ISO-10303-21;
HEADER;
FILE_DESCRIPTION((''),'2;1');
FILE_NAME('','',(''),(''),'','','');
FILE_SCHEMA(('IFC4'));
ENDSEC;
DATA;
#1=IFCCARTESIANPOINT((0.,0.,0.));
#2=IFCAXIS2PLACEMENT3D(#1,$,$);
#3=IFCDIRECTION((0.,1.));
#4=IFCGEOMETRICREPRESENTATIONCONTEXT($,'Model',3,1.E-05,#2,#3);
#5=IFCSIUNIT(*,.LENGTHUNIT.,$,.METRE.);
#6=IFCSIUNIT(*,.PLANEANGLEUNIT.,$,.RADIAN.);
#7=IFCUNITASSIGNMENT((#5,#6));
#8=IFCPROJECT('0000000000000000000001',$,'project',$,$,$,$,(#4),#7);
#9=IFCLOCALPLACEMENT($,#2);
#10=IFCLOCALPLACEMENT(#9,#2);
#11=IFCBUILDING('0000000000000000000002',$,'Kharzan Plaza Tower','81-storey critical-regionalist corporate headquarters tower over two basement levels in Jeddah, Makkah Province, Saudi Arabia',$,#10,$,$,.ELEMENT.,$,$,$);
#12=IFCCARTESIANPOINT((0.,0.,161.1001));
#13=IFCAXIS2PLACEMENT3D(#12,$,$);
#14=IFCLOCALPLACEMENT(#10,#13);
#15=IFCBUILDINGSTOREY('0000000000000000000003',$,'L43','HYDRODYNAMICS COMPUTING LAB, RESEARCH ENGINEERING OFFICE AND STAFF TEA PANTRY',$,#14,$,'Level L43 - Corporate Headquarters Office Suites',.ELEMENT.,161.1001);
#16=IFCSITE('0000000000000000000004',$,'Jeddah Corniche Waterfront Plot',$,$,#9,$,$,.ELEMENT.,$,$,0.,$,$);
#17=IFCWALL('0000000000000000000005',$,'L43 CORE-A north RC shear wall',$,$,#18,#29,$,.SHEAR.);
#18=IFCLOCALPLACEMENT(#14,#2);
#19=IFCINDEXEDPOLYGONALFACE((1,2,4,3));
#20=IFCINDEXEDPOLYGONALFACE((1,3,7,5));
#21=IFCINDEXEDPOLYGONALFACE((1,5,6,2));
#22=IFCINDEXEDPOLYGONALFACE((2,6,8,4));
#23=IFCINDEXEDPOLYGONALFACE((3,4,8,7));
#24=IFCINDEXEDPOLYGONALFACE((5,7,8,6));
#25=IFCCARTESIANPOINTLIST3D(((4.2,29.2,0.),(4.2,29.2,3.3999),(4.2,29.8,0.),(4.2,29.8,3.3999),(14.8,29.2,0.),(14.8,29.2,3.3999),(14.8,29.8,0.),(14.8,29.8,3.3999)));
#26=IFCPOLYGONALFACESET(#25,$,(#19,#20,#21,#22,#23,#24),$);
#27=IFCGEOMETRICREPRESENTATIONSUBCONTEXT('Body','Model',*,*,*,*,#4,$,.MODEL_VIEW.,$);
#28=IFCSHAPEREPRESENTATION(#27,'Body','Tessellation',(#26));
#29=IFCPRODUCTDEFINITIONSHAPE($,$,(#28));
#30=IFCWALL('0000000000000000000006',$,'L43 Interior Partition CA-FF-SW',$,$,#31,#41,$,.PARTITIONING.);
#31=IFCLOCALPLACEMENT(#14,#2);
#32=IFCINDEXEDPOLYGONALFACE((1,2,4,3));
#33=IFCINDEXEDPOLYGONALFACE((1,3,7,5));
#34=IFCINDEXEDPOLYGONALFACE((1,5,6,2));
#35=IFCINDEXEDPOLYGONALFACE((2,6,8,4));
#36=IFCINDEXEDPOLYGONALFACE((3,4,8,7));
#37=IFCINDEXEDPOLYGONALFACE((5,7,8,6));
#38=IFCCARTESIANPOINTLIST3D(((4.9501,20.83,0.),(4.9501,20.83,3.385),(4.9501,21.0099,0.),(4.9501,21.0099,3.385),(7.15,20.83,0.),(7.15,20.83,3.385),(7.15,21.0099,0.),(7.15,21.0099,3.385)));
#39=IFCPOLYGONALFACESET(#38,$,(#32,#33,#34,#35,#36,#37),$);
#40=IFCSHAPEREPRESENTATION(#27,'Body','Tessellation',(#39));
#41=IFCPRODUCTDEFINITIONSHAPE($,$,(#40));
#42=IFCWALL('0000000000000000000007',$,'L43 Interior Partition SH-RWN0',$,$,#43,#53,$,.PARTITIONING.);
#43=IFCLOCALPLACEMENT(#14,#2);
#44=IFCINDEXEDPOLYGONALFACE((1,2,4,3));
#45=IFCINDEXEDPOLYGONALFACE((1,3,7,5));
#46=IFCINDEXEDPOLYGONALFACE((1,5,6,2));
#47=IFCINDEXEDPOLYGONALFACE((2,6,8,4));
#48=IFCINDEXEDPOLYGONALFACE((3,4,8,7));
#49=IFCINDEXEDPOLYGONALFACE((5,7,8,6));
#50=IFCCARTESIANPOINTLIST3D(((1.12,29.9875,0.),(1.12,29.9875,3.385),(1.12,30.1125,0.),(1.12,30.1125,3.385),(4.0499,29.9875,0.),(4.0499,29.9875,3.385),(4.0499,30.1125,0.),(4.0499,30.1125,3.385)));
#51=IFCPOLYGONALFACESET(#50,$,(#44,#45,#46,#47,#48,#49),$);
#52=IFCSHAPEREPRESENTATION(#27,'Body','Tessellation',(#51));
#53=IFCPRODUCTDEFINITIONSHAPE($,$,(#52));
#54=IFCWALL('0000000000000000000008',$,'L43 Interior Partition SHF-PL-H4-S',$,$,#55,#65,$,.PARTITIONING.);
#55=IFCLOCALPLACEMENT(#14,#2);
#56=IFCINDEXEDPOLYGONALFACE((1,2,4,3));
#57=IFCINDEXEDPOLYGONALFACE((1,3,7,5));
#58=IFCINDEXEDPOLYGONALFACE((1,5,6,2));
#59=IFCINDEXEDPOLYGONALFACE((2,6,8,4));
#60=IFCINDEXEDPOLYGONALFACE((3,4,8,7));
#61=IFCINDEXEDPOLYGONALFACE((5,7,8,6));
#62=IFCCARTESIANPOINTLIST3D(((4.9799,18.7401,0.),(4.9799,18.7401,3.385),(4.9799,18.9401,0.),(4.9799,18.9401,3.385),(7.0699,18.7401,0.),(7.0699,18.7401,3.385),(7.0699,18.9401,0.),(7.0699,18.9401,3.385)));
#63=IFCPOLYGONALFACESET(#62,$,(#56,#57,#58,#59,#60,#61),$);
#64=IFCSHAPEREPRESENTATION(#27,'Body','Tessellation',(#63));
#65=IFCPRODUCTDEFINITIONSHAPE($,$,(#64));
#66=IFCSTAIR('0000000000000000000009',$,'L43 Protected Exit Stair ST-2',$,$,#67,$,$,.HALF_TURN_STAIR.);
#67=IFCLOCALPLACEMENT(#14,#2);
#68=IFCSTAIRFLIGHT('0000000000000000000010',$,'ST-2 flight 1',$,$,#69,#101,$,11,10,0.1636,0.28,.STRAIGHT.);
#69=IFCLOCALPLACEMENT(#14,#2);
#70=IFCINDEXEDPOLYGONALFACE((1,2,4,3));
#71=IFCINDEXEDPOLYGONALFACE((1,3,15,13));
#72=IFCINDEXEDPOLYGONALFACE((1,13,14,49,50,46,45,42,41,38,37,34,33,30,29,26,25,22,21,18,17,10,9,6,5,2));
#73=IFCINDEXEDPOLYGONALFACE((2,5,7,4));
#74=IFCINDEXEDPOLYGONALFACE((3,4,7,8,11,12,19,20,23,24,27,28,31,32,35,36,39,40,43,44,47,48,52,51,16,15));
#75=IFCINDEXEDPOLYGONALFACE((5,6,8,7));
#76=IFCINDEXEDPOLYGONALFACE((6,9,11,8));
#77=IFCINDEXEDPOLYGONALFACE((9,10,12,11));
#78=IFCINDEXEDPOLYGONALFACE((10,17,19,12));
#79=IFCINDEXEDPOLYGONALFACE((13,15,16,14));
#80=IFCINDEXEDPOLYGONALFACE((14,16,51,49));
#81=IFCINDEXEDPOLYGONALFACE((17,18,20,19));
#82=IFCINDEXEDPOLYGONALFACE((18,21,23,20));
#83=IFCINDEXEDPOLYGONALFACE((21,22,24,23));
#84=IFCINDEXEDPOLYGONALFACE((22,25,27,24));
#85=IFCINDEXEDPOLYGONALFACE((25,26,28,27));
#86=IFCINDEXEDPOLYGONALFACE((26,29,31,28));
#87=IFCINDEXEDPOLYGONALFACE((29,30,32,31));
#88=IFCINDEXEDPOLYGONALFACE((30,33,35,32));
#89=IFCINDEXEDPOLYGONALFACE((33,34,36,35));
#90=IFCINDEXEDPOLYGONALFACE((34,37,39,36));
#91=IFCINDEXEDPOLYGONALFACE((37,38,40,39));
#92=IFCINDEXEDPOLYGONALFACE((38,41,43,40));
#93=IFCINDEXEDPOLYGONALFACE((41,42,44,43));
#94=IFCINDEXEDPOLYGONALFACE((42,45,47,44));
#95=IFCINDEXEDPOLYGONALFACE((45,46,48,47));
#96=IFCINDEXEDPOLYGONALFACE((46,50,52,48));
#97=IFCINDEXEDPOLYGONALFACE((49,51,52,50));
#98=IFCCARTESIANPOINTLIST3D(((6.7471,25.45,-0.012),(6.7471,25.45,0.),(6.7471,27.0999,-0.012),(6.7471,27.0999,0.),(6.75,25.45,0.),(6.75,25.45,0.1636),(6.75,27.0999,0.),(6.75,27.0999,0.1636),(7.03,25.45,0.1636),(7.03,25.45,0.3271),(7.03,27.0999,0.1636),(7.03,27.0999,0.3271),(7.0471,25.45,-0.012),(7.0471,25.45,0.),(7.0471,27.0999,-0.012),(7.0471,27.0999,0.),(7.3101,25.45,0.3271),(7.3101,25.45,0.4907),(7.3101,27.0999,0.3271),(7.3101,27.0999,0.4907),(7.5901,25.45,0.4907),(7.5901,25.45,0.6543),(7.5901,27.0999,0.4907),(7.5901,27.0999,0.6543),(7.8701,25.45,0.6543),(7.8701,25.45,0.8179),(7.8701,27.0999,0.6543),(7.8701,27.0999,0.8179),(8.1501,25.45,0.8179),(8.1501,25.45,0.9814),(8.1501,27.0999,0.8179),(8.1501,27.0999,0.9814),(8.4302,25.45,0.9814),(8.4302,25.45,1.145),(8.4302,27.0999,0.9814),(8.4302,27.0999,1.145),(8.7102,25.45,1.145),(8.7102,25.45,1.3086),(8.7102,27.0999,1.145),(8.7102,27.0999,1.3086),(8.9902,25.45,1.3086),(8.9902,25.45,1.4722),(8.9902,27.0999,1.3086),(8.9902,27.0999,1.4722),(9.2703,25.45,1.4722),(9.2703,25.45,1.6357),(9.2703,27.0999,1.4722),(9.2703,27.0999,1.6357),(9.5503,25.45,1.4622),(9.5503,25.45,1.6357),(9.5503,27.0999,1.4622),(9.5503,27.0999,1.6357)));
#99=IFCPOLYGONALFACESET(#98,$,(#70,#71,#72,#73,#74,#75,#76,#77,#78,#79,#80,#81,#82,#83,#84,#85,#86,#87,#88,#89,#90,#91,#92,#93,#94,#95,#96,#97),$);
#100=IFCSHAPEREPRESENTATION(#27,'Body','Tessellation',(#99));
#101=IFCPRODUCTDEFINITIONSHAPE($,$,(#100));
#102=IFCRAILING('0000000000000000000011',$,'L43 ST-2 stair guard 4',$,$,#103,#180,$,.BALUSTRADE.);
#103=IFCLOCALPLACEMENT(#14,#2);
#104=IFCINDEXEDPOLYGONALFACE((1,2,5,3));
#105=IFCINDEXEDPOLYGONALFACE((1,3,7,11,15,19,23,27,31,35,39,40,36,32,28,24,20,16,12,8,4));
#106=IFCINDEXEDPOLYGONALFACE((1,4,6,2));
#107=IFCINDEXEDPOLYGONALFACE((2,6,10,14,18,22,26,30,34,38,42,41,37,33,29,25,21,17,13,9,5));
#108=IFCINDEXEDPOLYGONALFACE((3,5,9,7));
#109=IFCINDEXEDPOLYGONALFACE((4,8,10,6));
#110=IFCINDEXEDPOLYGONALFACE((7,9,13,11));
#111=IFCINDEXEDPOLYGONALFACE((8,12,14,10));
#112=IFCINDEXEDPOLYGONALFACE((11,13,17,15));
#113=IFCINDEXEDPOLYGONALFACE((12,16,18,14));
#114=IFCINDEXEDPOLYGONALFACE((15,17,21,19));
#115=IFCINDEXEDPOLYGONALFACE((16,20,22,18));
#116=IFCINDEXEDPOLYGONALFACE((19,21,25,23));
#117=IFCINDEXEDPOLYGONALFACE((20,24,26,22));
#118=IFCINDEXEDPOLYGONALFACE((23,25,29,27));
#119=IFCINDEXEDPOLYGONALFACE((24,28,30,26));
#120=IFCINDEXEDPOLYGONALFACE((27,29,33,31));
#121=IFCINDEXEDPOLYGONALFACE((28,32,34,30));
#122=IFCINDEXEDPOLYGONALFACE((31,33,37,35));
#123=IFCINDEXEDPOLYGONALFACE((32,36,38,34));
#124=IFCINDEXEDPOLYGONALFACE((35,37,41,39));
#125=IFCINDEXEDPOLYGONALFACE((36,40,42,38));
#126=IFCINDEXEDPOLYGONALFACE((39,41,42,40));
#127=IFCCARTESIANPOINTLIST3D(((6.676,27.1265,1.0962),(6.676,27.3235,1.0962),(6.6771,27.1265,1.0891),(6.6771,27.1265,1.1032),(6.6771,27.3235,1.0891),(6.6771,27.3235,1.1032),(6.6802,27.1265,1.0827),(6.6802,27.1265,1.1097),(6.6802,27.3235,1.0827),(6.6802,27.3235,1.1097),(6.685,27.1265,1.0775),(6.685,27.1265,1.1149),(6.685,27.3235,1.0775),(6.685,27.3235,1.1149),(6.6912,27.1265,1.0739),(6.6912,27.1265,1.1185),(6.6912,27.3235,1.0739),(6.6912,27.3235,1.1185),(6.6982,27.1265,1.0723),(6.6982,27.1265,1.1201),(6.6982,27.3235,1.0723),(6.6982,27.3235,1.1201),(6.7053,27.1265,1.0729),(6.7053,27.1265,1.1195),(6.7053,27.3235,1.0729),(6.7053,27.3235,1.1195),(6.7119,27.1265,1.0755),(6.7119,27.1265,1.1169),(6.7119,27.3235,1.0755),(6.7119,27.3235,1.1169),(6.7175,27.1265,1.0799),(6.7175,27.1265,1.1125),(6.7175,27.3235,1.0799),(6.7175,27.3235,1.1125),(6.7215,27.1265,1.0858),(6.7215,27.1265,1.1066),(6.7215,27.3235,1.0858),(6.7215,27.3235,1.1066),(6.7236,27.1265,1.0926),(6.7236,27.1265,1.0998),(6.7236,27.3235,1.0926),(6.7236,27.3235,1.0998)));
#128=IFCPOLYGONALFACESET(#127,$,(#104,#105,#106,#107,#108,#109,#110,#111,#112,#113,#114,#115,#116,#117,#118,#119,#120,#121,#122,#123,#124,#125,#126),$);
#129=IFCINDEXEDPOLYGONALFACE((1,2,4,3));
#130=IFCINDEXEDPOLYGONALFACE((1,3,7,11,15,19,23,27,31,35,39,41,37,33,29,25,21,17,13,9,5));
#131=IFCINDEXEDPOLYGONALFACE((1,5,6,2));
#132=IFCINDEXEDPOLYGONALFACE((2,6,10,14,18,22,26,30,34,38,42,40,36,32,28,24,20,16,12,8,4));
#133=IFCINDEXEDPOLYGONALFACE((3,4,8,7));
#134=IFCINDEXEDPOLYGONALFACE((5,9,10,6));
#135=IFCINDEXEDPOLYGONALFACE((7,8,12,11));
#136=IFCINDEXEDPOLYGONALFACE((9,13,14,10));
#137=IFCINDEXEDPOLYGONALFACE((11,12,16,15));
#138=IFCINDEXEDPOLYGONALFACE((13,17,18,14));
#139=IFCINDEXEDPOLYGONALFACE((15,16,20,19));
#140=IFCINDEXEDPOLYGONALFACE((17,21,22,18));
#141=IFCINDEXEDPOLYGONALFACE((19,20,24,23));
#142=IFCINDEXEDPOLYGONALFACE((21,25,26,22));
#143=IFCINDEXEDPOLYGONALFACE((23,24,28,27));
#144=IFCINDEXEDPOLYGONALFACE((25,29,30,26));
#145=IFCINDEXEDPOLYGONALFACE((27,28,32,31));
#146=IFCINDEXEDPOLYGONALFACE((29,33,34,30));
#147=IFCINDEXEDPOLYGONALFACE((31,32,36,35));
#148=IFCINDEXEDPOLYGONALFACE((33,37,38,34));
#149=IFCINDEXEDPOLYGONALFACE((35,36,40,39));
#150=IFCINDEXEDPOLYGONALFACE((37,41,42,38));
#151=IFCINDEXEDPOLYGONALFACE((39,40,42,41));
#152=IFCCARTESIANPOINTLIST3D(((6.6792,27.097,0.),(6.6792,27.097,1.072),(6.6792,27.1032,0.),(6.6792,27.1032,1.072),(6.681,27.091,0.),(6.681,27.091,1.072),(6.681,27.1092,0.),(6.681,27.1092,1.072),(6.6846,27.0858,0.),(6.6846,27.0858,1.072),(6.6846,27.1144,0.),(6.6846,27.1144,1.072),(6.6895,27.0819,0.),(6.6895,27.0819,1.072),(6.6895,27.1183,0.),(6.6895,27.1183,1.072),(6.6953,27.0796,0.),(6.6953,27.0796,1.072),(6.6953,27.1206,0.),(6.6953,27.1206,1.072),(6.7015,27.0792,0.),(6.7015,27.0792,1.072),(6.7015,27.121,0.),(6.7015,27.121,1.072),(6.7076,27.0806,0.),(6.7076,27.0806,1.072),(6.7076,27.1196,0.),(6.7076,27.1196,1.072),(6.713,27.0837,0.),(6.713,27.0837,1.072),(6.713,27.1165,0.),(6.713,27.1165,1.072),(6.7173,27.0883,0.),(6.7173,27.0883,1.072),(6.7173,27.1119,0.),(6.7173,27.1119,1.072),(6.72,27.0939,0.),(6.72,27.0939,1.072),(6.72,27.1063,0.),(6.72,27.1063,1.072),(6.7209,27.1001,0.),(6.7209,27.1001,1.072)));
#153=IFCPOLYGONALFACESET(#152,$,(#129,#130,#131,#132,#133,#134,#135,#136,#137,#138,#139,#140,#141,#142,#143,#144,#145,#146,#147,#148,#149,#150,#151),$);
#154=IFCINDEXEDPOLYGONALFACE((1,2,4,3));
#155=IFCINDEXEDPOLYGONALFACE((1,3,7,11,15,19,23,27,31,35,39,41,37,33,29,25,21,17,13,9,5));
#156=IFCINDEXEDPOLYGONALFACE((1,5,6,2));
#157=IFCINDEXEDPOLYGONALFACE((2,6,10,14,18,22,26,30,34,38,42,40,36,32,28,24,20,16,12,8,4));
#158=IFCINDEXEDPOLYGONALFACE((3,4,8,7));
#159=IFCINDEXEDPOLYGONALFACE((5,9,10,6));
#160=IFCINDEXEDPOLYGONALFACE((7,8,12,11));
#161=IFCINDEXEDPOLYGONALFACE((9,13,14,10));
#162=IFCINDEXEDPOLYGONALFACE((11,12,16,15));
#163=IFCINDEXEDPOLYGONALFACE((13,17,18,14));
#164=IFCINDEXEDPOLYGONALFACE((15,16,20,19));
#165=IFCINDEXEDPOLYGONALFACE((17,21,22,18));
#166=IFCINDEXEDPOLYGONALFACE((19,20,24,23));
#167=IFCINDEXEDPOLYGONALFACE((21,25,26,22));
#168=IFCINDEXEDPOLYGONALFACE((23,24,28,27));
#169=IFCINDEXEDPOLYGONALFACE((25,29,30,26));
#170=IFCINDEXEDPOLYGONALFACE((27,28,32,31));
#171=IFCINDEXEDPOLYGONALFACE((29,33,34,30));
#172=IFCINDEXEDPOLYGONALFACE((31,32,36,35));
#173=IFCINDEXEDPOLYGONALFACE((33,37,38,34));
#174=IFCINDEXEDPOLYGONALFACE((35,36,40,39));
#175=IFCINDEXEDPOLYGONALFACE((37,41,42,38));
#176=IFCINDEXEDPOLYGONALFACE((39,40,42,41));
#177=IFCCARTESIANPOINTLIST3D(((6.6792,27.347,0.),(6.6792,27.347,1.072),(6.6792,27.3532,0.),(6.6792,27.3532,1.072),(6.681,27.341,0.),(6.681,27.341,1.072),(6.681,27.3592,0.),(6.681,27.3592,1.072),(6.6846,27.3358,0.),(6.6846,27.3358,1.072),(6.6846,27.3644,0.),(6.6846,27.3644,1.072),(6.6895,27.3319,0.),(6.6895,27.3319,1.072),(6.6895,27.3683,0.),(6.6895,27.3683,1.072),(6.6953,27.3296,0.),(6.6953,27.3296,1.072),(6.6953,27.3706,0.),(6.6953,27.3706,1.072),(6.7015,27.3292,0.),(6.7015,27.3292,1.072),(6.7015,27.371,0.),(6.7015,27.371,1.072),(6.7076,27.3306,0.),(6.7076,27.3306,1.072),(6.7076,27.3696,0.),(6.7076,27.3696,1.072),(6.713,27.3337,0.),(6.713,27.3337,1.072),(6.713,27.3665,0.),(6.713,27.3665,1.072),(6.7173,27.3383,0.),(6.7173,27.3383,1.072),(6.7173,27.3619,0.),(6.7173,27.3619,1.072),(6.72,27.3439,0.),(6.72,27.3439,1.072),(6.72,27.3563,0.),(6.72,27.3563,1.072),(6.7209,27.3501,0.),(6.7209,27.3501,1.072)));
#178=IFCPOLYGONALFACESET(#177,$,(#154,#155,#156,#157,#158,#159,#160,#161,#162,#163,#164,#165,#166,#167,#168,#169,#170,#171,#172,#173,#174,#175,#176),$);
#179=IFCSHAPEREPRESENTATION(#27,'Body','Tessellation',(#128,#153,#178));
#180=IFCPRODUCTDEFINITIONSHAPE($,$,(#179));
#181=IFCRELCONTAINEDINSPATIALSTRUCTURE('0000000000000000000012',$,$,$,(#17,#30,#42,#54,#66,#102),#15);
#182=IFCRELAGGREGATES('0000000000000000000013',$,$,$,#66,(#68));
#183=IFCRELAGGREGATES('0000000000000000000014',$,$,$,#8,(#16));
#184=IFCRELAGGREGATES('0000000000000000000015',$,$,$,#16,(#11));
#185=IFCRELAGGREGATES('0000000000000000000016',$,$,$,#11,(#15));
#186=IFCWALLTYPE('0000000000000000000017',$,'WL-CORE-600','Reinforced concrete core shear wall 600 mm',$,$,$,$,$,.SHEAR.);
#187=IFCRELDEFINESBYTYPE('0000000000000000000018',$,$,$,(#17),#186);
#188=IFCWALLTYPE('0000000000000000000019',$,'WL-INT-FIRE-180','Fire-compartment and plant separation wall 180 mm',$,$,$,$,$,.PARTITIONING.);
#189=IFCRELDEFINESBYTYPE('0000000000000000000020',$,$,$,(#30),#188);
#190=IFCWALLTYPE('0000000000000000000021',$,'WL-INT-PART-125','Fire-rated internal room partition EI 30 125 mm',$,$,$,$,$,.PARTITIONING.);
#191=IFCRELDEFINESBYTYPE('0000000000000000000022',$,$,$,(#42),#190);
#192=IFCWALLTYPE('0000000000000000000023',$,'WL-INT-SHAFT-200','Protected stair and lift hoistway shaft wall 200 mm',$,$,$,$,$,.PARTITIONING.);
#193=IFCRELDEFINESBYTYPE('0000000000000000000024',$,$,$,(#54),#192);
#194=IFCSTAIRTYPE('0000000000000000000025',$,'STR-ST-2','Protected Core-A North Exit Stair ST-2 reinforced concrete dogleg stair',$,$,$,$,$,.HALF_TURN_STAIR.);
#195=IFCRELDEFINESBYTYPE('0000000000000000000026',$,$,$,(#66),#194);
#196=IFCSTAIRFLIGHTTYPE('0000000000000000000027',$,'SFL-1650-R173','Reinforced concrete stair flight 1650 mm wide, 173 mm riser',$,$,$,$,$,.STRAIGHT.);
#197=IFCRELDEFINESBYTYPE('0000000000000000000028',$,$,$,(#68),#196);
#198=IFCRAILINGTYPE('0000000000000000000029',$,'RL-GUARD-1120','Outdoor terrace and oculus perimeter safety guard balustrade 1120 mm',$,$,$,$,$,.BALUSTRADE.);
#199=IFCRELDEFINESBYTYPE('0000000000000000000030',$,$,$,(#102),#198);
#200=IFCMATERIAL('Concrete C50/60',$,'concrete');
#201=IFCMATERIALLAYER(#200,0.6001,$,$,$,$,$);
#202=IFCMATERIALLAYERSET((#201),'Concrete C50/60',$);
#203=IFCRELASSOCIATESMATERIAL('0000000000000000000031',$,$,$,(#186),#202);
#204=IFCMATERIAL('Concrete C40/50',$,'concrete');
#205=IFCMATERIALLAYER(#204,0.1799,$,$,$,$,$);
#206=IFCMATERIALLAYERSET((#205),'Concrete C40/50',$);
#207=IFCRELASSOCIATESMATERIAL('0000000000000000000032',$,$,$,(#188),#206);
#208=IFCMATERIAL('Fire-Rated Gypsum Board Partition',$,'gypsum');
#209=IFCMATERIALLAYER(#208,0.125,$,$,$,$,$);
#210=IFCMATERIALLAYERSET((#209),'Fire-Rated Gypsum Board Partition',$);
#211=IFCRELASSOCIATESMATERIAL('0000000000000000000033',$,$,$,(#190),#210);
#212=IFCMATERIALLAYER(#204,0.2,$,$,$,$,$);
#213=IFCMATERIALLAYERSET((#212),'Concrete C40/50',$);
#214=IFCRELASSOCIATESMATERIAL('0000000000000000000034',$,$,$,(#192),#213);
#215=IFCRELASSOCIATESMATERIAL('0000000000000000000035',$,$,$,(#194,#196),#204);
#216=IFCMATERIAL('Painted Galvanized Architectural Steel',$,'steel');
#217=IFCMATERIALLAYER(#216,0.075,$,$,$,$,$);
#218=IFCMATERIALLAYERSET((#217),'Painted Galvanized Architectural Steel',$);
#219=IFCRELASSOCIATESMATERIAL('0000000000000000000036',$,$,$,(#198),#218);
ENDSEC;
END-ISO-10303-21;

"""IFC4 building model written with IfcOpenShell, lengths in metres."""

from ifc_helpers import new_model, si_unit, direction, frame, frame_2d, origin, origin_2d, place, context, subcontext, project, spatial, polyline, rectangle, circle, outline, extrude, source, transform, mapped, material, layer, layer_set, type_object, element, aggregate, save


model = new_model("IFC4")

# Units and contexts
model_context = context("Model", 3, precision=1e-05, world=origin(), true_north=direction((0.0, 1.0)))
body_context = subcontext(model_context, "Body", "Model", "MODEL_VIEW")
ifc_project = project(units=[si_unit("LENGTHUNIT", "METRE"), si_unit("PLANEANGLEUNIT", "RADIAN")], contexts=[model_context])

# Site, building, storey
site_placement = place(None, origin())
site = spatial("IfcSite", under=ifc_project, at=site_placement, Name="Jeddah Corniche Waterfront Plot", CompositionType="ELEMENT", RefElevation=0.0)
building_placement = place(site_placement, origin())
building = spatial("IfcBuilding", under=site, at=building_placement, Name="Kharzan Plaza Tower", Description="81-storey critical-regionalist corporate headquarters tower over two basement levels in Jeddah, Makkah Province, Saudi Arabia", CompositionType="ELEMENT")
storey_placement = place(building_placement, frame((0.0, 0.0, 161.1001)))
storey = spatial("IfcBuildingStorey", under=building, at=storey_placement, Name="L43", Description="HYDRODYNAMICS COMPUTING LAB, RESEARCH ENGINEERING OFFICE AND STAFF TEA PANTRY", LongName="Level L43 - Corporate Headquarters Office Suites", CompositionType="ELEMENT", Elevation=161.1001)

# Shared definitions
ifc_material_1 = material(Name="Concrete C50/60", Category="concrete")

# Shared definitions
ifc_material_2 = material(Name="Concrete C40/50", Category="concrete")

# Walls
ifc_layer_1 = layer(ifc_material_1, 0.6001)
ifc_layer_set_1 = layer_set([ifc_layer_1], Name="Concrete C50/60")
wall_type_1 = type_object("IfcWallType", Name="WL-CORE-600", Description="Reinforced concrete core shear wall 600 mm", PredefinedType="SHEAR", material=ifc_layer_set_1)
shared_shape_1 = source(origin(), body_context, "Body", "SweptSolid", [
    extrude(rectangle(XDim=10.6001, YDim=0.6001, at=frame_2d((5.3, 0.0))), origin(), (0.0, 0.0, 1.0), 3.3999),
])
wall_1_placement = place(storey_placement, frame((4.2, 29.5, 0.0), z_axis=(0.0, 0.0, 1.0), x_axis=(1.0, 0.0, 0.0)))
element("IfcWall", 1, at=wall_1_placement, inside=storey, type_object=wall_type_1, Name="L43 CORE-A north RC shear wall", PredefinedType="SHEAR", context=body_context, shape_type="MappedRepresentation", body=[
    mapped(shared_shape_1, transform((0.0, 0.0, 0.0), x_axis=(1.0, 0.0, 0.0), y_axis=(0.0, 1.0, 0.0), z_axis=(0.0, 0.0, 1.0))),
])
ifc_layer_2 = layer(ifc_material_2, 0.1799)
ifc_layer_set_2 = layer_set([ifc_layer_2], Name="Concrete C40/50")
wall_type_2 = type_object("IfcWallType", Name="WL-INT-FIRE-180", Description="Fire-compartment and plant separation wall 180 mm", PredefinedType="PARTITIONING", material=ifc_layer_set_2)
shared_shape_2 = source(origin(), body_context, "Body", "SweptSolid", [
    extrude(rectangle(XDim=2.2, YDim=0.1799, at=frame_2d((1.1001, 0.0))), origin(), (0.0, 0.0, 1.0), 3.385),
])
wall_2_placement = place(storey_placement, frame((4.95, 20.9199, 0.0), z_axis=(0.0, 0.0, 1.0), x_axis=(1.0, 0.0, 0.0)))
element("IfcWall", 2, at=wall_2_placement, inside=storey, type_object=wall_type_2, Name="L43 Interior Partition CA-FF-SW", PredefinedType="PARTITIONING", context=body_context, shape_type="MappedRepresentation", body=[
    mapped(shared_shape_2, transform((0.0, 0.0, 0.0), x_axis=(1.0, 0.0, 0.0), y_axis=(0.0, 1.0, 0.0), z_axis=(0.0, 0.0, 1.0))),
])
ifc_material_3 = material(Name="Fire-Rated Gypsum Board Partition", Category="gypsum")
ifc_layer_3 = layer(ifc_material_3, 0.125)
ifc_layer_set_3 = layer_set([ifc_layer_3], Name="Fire-Rated Gypsum Board Partition")
wall_type_3 = type_object("IfcWallType", Name="WL-INT-PART-125", Description="Fire-rated internal room partition EI 30 125 mm", PredefinedType="PARTITIONING", material=ifc_layer_set_3)
shared_shape_3 = source(origin(), body_context, "Body", "SweptSolid", [
    extrude(rectangle(XDim=2.9299, YDim=0.125, at=frame_2d((1.4648, 0.0))), origin(), (0.0, 0.0, 1.0), 3.385),
])
wall_3_placement = place(storey_placement, frame((1.1201, 30.05, 0.0), z_axis=(0.0, 0.0, 1.0), x_axis=(1.0, 0.0, 0.0)))
element("IfcWall", 3, at=wall_3_placement, inside=storey, type_object=wall_type_3, Name="L43 Interior Partition SH-RWN0", PredefinedType="PARTITIONING", context=body_context, shape_type="MappedRepresentation", body=[
    mapped(shared_shape_3, transform((0.0, 0.0, 0.0), x_axis=(1.0, 0.0, 0.0), y_axis=(0.0, 1.0, 0.0), z_axis=(0.0, 0.0, 1.0))),
])
ifc_layer_4 = layer(ifc_material_2, 0.2)
ifc_layer_set_4 = layer_set([ifc_layer_4], Name="Concrete C40/50")
wall_type_4 = type_object("IfcWallType", Name="WL-INT-SHAFT-200", Description="Protected stair and lift hoistway shaft wall 200 mm", PredefinedType="PARTITIONING", material=ifc_layer_set_4)
shared_shape_4 = source(origin(), body_context, "Body", "SweptSolid", [
    extrude(rectangle(XDim=2.0901, YDim=0.2, at=frame_2d((1.0449, 0.0))), origin(), (0.0, 0.0, 1.0), 3.385),
])
wall_4_placement = place(storey_placement, frame((4.98, 18.8401, 0.0), z_axis=(0.0, 0.0, 1.0), x_axis=(1.0, 0.0, 0.0)))
element("IfcWall", 4, at=wall_4_placement, inside=storey, type_object=wall_type_4, Name="L43 Interior Partition SHF-PL-H4-S", PredefinedType="PARTITIONING", context=body_context, shape_type="MappedRepresentation", body=[
    mapped(shared_shape_4, transform((0.0, 0.0, 0.0), x_axis=(1.0, 0.0, 0.0), y_axis=(0.0, 1.0, 0.0), z_axis=(0.0, 0.0, 1.0))),
])

# Stair, stair flight
stair_type = type_object("IfcStairType", Name="STR-ST-2", Description="Protected Core-A North Exit Stair ST-2 reinforced concrete dogleg stair", PredefinedType="HALF_TURN_STAIR", material=ifc_material_2)
stair_placement = place(storey_placement, origin())
stair = element("IfcStair", 5, at=stair_placement, inside=storey, type_object=stair_type, Name="L43 Protected Exit Stair ST-2", PredefinedType="HALF_TURN_STAIR")
stair_flight_type = type_object("IfcStairFlightType", Name="SFL-1650-R173", Description="Reinforced concrete stair flight 1650 mm wide, 173 mm riser", PredefinedType="STRAIGHT", material=ifc_material_2)
shared_shape_5 = source(origin(), body_context, "Body", "SweptSolid", [
    extrude(outline(polyline([(-0.0029, -0.012), (-0.0029, 0.0), (0.0, 0.0), (0.0, 0.1636), (0.28, 0.1636), (0.28, 0.3271), (0.5601, 0.3271), (0.5601, 0.4907), (0.8401, 0.4907), (0.8401, 0.6543), (1.1201, 0.6543), (1.1201, 0.8179), (1.4001, 0.8179), (1.4001, 0.9814), (1.6802, 0.9814), (1.6802, 1.145), (1.9602, 1.145), (1.9602, 1.3086), (2.2402, 1.3086), (2.2402, 1.4722), (2.5203, 1.4722), (2.5203, 1.6357), (2.8003, 1.6357), (2.8003, 1.7993), (2.8003, 1.4622), (0.2971, 0.0), (0.2971, -0.012), (-0.0029, -0.012)])), frame((0.0, 0.825, 0.0), z_axis=(0.0, -1.0, 0.0), x_axis=(1.0, 0.0, 0.0)), (0.0, 0.0, 1.0), 1.6499),
])
stair_flight_placement = place(storey_placement, frame((6.75, 26.2749, 0.0), z_axis=(0.0, 0.0, 1.0), x_axis=(1.0, 0.0, 0.0)))
stair_flight = element("IfcStairFlight", 6, at=stair_flight_placement, type_object=stair_flight_type, Name="ST-2 flight 1", NumberOfRisers=11, NumberOfTreads=10, PredefinedType="STRAIGHT", RiserHeight=0.1636, TreadLength=0.28, context=body_context, shape_type="MappedRepresentation", body=[
    mapped(shared_shape_5, transform((0.0, 0.0, 0.0), x_axis=(1.0, 0.0, 0.0), y_axis=(0.0, 1.0, 0.0), z_axis=(0.0, 0.0, 1.0))),
])
aggregate(stair, [stair_flight])

# Railing
ifc_material_4 = material(Name="Painted Galvanized Architectural Steel", Category="steel")
ifc_layer_5 = layer(ifc_material_4, 0.075)
ifc_layer_set_5 = layer_set([ifc_layer_5], Name="Painted Galvanized Architectural Steel")
railing_type_1 = type_object("IfcRailingType", Name="RL-GUARD-1120", Description="Outdoor terrace and oculus perimeter safety guard balustrade 1120 mm", PredefinedType="BALUSTRADE", material=ifc_layer_set_5)
shared_shape_6 = source(origin(), body_context, "Body", "SweptSolid", [
    extrude(circle(Radius=0.0239, at=origin_2d()), frame((0.0, 0.0264, 1.0962), z_axis=(0.0, 1.0, 0.0), x_axis=(-1.0, 0.0, 0.0)), (0.0, 0.0, 1.0), 0.197),
    extrude(circle(Radius=0.021, at=origin_2d()), origin(), (0.0, 0.0, 1.0), 1.072),
    extrude(circle(Radius=0.021, at=origin_2d()), frame((0.0, 0.25, 0.0)), (0.0, 0.0, 1.0), 1.072),
])
railing_1_placement = place(storey_placement, frame((6.7, 27.1001, 0.0)))
element("IfcRailing", 7, at=railing_1_placement, inside=storey, type_object=railing_type_1, Name="L43 ST-2 stair guard 4", PredefinedType="BALUSTRADE", context=body_context, shape_type="MappedRepresentation", body=[
    mapped(shared_shape_6, transform((0.0, 0.0, 0.0), x_axis=(1.0, 0.0, 0.0), y_axis=(0.0, 1.0, 0.0), z_axis=(0.0, 0.0, 1.0))),
])

save(model, "model.ifc")
